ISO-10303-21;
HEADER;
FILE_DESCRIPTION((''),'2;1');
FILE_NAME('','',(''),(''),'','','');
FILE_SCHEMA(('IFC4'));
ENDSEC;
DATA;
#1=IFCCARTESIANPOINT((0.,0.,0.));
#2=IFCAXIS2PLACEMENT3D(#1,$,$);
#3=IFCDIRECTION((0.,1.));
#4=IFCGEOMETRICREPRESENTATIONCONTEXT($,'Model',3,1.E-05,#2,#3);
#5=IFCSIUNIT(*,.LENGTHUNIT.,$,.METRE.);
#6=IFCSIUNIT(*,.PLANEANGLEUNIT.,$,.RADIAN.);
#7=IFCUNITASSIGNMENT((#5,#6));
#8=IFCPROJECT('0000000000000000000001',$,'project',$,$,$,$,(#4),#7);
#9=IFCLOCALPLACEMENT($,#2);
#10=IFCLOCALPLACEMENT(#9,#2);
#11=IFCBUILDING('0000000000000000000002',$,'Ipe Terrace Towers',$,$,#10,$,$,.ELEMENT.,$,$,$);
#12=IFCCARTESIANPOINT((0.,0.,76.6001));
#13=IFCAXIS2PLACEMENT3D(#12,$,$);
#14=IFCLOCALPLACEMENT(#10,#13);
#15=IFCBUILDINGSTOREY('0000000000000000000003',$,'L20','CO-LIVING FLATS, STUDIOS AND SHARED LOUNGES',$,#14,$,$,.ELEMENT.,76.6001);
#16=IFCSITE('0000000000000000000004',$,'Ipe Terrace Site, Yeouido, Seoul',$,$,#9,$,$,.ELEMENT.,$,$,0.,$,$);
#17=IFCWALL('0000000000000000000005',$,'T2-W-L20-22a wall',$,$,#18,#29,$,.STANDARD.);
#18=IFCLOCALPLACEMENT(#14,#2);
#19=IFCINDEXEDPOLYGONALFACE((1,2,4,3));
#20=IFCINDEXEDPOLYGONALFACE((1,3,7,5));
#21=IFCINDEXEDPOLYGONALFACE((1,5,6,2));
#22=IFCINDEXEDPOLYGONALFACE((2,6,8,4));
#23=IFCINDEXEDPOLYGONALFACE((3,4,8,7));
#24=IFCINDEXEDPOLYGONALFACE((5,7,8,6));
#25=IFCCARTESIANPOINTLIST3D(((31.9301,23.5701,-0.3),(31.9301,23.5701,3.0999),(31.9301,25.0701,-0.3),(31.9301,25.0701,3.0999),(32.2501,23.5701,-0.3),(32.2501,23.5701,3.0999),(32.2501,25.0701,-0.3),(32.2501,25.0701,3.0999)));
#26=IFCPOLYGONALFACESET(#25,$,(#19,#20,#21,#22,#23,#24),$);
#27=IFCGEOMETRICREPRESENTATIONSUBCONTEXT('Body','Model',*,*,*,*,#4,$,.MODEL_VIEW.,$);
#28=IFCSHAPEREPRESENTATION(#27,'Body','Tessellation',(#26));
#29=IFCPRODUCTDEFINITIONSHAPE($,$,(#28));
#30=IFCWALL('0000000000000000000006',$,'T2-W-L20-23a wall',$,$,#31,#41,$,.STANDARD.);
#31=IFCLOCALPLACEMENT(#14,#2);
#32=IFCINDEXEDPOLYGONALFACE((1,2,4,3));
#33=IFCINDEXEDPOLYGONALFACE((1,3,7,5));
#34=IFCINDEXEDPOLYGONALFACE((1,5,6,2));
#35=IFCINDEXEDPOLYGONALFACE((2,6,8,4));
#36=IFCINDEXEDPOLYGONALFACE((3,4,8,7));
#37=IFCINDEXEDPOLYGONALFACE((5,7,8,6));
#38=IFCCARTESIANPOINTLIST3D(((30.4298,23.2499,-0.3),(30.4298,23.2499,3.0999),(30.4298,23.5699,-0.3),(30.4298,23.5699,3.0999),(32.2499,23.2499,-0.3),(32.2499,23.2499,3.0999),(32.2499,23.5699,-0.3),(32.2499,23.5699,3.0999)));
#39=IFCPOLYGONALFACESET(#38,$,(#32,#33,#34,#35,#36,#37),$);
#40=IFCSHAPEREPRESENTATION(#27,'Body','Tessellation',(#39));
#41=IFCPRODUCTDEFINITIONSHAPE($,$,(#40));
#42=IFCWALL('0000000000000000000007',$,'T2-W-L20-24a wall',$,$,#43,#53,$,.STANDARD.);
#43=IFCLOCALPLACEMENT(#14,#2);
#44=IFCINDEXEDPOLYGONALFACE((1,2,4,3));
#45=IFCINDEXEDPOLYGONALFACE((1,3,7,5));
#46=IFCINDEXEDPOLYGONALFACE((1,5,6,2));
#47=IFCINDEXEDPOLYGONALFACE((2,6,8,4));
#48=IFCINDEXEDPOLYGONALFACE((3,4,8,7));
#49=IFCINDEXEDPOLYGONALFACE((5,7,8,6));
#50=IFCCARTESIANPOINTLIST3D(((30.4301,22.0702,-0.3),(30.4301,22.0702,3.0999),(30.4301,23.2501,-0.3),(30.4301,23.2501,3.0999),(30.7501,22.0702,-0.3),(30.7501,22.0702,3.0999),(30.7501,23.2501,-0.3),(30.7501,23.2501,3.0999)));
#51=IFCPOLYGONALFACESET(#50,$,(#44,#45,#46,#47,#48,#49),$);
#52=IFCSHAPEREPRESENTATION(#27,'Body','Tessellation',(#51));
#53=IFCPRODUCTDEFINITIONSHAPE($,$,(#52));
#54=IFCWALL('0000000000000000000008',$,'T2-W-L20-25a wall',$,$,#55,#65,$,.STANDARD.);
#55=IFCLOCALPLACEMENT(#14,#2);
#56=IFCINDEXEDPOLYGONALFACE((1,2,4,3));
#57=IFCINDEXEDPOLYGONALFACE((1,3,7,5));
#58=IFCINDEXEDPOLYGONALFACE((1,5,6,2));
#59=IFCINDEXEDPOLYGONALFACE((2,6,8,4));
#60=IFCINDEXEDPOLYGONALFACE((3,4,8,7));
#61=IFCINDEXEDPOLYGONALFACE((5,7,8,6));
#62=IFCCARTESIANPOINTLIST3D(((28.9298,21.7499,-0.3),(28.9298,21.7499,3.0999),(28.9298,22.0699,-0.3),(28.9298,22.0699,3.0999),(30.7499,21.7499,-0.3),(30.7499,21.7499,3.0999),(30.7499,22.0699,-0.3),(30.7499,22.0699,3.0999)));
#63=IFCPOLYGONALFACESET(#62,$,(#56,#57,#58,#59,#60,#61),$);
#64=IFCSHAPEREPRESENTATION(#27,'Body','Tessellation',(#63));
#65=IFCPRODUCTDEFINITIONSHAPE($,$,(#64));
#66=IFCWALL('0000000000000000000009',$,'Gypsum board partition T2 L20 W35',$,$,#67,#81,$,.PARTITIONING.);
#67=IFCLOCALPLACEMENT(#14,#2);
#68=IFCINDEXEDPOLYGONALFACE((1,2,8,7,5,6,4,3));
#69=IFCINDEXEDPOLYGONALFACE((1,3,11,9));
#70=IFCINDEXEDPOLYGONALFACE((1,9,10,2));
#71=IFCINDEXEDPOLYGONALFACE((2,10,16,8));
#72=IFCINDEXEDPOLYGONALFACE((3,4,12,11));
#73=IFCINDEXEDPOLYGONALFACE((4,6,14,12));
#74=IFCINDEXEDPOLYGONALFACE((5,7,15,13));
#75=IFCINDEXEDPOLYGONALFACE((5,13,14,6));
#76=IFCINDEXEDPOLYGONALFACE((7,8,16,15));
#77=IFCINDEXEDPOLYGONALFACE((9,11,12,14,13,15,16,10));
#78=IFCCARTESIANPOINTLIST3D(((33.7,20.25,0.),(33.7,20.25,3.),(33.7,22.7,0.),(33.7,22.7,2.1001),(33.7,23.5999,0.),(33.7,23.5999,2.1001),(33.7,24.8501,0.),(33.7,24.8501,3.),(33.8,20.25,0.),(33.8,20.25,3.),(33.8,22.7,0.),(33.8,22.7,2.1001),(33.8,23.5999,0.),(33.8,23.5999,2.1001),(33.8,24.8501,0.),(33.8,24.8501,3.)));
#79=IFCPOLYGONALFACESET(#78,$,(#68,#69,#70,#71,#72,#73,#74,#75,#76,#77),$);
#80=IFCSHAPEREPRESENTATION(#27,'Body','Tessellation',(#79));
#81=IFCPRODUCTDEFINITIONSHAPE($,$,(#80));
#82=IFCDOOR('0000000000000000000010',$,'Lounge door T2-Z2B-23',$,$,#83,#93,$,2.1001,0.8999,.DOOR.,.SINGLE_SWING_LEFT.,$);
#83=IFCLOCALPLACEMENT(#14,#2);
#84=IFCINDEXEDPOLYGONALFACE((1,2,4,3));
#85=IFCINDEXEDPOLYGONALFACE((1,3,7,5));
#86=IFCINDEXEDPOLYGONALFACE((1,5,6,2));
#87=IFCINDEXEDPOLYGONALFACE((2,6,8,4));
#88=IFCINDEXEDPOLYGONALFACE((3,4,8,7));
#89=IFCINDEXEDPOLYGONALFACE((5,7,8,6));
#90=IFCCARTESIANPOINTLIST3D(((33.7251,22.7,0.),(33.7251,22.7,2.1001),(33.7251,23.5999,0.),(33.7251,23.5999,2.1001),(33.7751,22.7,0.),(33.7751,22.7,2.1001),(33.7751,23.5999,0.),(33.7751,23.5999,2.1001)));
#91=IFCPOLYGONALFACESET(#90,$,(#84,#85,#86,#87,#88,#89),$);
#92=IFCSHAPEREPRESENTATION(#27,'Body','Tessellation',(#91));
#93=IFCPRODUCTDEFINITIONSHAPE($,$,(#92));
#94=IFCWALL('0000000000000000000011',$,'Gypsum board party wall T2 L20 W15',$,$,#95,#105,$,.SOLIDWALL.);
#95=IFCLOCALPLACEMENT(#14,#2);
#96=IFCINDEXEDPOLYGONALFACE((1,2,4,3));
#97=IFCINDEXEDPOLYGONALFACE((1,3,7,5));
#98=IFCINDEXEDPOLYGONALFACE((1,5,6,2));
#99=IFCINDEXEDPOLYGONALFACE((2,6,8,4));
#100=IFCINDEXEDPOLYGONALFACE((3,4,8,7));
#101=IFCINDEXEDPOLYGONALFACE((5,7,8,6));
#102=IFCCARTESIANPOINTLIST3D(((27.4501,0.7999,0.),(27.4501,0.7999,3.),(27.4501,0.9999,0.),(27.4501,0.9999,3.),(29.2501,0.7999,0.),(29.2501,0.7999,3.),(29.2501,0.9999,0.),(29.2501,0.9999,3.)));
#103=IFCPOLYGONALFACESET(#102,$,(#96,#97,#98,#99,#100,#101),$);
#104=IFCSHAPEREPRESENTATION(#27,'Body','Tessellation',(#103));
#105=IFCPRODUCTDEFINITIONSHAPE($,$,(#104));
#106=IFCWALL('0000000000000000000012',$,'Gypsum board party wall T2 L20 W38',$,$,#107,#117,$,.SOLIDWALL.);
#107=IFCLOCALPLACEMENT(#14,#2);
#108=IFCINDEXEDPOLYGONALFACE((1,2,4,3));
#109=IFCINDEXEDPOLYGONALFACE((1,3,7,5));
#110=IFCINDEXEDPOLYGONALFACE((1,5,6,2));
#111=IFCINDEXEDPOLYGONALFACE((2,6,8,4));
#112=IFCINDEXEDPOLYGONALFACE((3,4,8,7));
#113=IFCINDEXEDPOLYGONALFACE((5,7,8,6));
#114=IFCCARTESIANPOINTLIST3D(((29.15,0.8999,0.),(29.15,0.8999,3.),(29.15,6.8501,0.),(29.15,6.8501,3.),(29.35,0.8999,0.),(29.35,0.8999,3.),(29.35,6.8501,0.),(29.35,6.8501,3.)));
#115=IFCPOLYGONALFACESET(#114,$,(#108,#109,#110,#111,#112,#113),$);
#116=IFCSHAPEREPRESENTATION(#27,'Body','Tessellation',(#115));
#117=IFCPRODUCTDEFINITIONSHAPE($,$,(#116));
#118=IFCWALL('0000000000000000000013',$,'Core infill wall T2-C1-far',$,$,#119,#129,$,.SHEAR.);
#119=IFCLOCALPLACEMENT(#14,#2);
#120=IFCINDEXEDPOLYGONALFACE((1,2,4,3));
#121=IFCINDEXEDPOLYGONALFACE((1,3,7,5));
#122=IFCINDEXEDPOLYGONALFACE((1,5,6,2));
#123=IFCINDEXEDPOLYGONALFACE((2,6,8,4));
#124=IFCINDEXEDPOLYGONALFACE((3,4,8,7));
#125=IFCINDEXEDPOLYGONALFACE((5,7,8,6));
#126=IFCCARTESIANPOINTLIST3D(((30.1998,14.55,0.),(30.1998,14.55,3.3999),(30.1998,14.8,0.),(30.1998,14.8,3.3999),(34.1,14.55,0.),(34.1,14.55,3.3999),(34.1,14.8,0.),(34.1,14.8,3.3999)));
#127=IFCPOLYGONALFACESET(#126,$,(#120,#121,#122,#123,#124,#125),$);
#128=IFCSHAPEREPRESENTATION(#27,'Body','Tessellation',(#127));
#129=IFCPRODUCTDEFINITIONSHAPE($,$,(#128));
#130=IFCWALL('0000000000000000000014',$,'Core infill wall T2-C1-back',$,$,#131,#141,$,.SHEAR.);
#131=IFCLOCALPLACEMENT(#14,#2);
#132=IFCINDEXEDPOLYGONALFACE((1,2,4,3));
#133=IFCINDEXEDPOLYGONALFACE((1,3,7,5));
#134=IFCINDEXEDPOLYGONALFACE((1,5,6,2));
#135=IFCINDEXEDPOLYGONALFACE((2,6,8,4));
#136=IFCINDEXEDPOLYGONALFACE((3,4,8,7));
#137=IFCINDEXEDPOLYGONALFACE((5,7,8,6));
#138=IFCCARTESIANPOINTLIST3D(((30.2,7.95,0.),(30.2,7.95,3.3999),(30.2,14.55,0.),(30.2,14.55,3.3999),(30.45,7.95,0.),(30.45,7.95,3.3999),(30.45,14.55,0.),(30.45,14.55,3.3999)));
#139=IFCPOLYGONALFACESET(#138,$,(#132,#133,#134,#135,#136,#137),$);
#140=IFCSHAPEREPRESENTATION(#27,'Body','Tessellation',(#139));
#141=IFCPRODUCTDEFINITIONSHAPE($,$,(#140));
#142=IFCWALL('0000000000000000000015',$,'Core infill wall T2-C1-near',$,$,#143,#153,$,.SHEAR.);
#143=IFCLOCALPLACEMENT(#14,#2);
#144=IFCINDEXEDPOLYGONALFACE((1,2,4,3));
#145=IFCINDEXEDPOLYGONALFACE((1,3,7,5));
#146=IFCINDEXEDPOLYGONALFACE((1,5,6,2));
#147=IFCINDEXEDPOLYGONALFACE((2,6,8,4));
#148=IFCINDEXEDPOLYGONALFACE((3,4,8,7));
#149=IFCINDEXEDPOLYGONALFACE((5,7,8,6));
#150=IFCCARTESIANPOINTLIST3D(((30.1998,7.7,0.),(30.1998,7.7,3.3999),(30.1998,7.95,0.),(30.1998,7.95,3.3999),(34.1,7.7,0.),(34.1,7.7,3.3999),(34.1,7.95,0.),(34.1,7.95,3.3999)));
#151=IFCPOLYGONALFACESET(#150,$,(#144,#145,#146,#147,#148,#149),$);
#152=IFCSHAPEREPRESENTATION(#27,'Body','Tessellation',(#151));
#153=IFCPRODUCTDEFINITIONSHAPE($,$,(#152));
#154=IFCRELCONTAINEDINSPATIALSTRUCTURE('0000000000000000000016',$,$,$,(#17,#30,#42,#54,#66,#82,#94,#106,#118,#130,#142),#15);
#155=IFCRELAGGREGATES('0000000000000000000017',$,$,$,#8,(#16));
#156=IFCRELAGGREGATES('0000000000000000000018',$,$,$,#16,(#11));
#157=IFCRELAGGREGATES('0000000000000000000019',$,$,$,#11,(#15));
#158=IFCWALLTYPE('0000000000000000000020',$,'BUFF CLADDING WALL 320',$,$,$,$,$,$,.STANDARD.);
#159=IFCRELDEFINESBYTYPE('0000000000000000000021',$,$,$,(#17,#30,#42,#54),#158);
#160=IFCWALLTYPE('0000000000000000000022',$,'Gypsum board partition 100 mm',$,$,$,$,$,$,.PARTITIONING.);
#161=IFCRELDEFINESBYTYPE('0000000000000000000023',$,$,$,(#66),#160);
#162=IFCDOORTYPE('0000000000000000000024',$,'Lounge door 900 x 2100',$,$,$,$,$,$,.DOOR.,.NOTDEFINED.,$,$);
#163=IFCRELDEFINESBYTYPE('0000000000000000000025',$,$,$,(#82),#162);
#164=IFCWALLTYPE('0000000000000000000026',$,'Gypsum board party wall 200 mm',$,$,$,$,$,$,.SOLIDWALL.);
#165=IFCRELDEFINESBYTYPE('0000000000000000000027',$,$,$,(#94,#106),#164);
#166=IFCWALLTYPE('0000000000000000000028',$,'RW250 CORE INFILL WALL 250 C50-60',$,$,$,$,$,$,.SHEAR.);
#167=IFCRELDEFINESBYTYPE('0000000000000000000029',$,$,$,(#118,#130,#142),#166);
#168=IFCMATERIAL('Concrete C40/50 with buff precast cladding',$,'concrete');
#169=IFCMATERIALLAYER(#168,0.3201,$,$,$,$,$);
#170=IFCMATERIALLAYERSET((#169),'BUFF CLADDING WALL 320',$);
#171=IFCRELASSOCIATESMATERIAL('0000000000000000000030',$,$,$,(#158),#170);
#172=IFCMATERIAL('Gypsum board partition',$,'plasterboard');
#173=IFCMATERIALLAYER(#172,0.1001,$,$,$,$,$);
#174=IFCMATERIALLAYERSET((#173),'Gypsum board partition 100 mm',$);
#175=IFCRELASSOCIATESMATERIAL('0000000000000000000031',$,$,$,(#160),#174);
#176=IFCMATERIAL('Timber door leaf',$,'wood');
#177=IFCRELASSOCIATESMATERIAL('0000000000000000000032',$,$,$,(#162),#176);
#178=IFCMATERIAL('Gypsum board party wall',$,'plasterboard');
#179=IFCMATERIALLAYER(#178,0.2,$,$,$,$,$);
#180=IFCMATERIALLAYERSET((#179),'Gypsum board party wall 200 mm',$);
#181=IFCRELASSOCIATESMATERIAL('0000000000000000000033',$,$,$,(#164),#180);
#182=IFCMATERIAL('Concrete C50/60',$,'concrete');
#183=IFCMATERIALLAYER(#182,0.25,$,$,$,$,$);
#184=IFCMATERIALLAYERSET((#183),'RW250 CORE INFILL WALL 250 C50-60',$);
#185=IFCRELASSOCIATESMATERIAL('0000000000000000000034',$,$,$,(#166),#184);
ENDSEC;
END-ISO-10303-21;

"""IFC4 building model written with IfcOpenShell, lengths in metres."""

from ifc_helpers import new_model, si_unit, direction, frame, frame_2d, origin, place, context, subcontext, project, spatial, rectangle, extrude, material, layer, layer_set, type_object, element, fill, save


model = new_model("IFC4")

# Units and contexts
model_context = context("Model", 3, precision=1e-05, world=origin(), true_north=direction((0.0, 1.0)))
body_context = subcontext(model_context, "Body", "Model", "MODEL_VIEW")
ifc_project = project(units=[si_unit("LENGTHUNIT", "METRE"), si_unit("PLANEANGLEUNIT", "RADIAN")], contexts=[model_context])

# Site, building, storey
site_placement = place(None, origin())
site = spatial("IfcSite", under=ifc_project, at=site_placement, Name="Ipe Terrace Site, Yeouido, Seoul", CompositionType="ELEMENT", RefElevation=0.0)
building_placement = place(site_placement, origin())
building = spatial("IfcBuilding", under=site, at=building_placement, Name="Ipe Terrace Towers", CompositionType="ELEMENT")
storey_placement = place(building_placement, frame((0.0, 0.0, 76.6001)))
storey = spatial("IfcBuildingStorey", under=building, at=storey_placement, Name="L20", Description="CO-LIVING FLATS, STUDIOS AND SHARED LOUNGES", CompositionType="ELEMENT", Elevation=76.6001)

# Walls
ifc_material_1 = material(Name="Concrete C40/50 with buff precast cladding", Category="concrete")
ifc_layer_1 = layer(ifc_material_1, 0.3201)
ifc_layer_set_1 = layer_set([ifc_layer_1], Name="BUFF CLADDING WALL 320")
wall_type_1 = type_object("IfcWallType", Name="BUFF CLADDING WALL 320", PredefinedType="STANDARD", material=ifc_layer_set_1)
wall_1_placement = place(storey_placement, frame((32.0901, 25.0701, -0.3), z_axis=(0.0, 0.0, 1.0), x_axis=(0.0, -1.0, 0.0)))
element("IfcWall", 1, at=wall_1_placement, inside=storey, type_object=wall_type_1, Name="T2-W-L20-22a wall", PredefinedType="STANDARD", context=body_context, shape_type="SweptSolid", body=[
    extrude(rectangle(XDim=1.5, YDim=0.3201, at=frame_2d((0.75, 0.0))), origin(), (0.0, 0.0, 1.0), 3.3999),
])
wall_2_placement = place(storey_placement, frame((32.25, 23.4099, -0.3), z_axis=(0.0, 0.0, 1.0), x_axis=(-1.0, 0.0, 0.0)))
element("IfcWall", 2, at=wall_2_placement, inside=storey, type_object=wall_type_1, Name="T2-W-L20-23a wall", PredefinedType="STANDARD", context=body_context, shape_type="SweptSolid", body=[
    extrude(rectangle(XDim=1.8201, YDim=0.3201, at=frame_2d((0.9102, 0.0))), origin(), (0.0, 0.0, 1.0), 3.3999),
])
wall_3_placement = place(storey_placement, frame((30.5901, 23.25, -0.3), z_axis=(0.0, 0.0, 1.0), x_axis=(0.0, -1.0, 0.0)))
element("IfcWall", 3, at=wall_3_placement, inside=storey, type_object=wall_type_1, Name="T2-W-L20-24a wall", PredefinedType="STANDARD", context=body_context, shape_type="SweptSolid", body=[
    extrude(rectangle(XDim=1.1799, YDim=0.3201, at=frame_2d((0.5898, 0.0))), origin(), (0.0, 0.0, 1.0), 3.3999),
])
wall_4_placement = place(storey_placement, frame((30.75, 21.9099, -0.3), z_axis=(0.0, 0.0, 1.0), x_axis=(-1.0, 0.0, 0.0)))
element("IfcWall", 4, at=wall_4_placement, inside=storey, type_object=wall_type_1, Name="T2-W-L20-25a wall", PredefinedType="STANDARD", context=body_context, shape_type="SweptSolid", body=[
    extrude(rectangle(XDim=1.8201, YDim=0.3201, at=frame_2d((0.9102, 0.0))), origin(), (0.0, 0.0, 1.0), 3.3999),
])

# Wall, opening, door
ifc_material_2 = material(Name="Gypsum board partition", Category="plasterboard")
ifc_layer_2 = layer(ifc_material_2, 0.1001)
ifc_layer_set_2 = layer_set([ifc_layer_2], Name="Gypsum board partition 100 mm")
wall_type_2 = type_object("IfcWallType", Name="Gypsum board partition 100 mm", PredefinedType="PARTITIONING", material=ifc_layer_set_2)
wall_5_placement = place(storey_placement, frame((33.75, 20.25, 0.0), z_axis=(0.0, 0.0, 1.0), x_axis=(0.0, 1.0, 0.0)))
wall_5 = element("IfcWall", 5, at=wall_5_placement, inside=storey, type_object=wall_type_2, Name="Gypsum board partition T2 L20 W35", PredefinedType="PARTITIONING", context=body_context, shape_type="SweptSolid", body=[
    extrude(rectangle(XDim=4.6001, YDim=0.1001, at=frame_2d((2.3, 0.0))), origin(), (0.0, 0.0, 1.0), 3.0),
])
opening_1_placement = place(wall_5_placement, frame((2.45, 0.0, 0.0)))
opening_1 = element("IfcOpeningElement", 6, at=opening_1_placement, cuts=wall_5, PredefinedType="OPENING", context=body_context, shape_type="SweptSolid", body=[
    extrude(rectangle(XDim=0.8999, YDim=2.1001, at=frame_2d((0.45, 1.05))), frame((0.0, 0.0601, 0.0), z_axis=(0.0, -1.0, 0.0), x_axis=(1.0, 0.0, 0.0)), (0.0, 0.0, 1.0), 0.1201),
])
ifc_material_3 = material(Name="Timber door leaf", Category="wood")
door_type_1 = type_object("IfcDoorType", Name="Lounge door 900 x 2100", OperationType="NOTDEFINED", PredefinedType="DOOR", material=ifc_material_3)
door_1_placement = place(opening_1_placement, origin())
door_1 = element("IfcDoor", 7, at=door_1_placement, inside=storey, type_object=door_type_1, Name="Lounge door T2-Z2B-23", OperationType="SINGLE_SWING_LEFT", OverallHeight=2.1001, OverallWidth=0.8999, PredefinedType="DOOR", context=body_context, shape_type="SweptSolid", body=[
    extrude(rectangle(XDim=0.8999, YDim=2.1001, at=frame_2d((0.45, 1.05))), frame((0.0, 0.0249, 0.0), z_axis=(0.0, -1.0, 0.0), x_axis=(1.0, 0.0, 0.0)), (0.0, 0.0, 1.0), 0.05),
])
fill(opening_1, door_1)

# Walls
ifc_material_4 = material(Name="Gypsum board party wall", Category="plasterboard")
ifc_layer_3 = layer(ifc_material_4, 0.2)
ifc_layer_set_3 = layer_set([ifc_layer_3], Name="Gypsum board party wall 200 mm")
wall_type_3 = type_object("IfcWallType", Name="Gypsum board party wall 200 mm", PredefinedType="SOLIDWALL", material=ifc_layer_set_3)
wall_6_placement = place(storey_placement, frame((29.25, 0.8999, 0.0), z_axis=(0.0, 0.0, 1.0), x_axis=(-1.0, 0.0, 0.0)))
element("IfcWall", 8, at=wall_6_placement, inside=storey, type_object=wall_type_3, Name="Gypsum board party wall T2 L20 W15", PredefinedType="SOLIDWALL", context=body_context, shape_type="SweptSolid", body=[
    extrude(rectangle(XDim=1.8, YDim=0.2, at=frame_2d((0.8999, 0.0))), origin(), (0.0, 0.0, 1.0), 3.0),
])
wall_7_placement = place(storey_placement, frame((29.25, 0.8999, 0.0), z_axis=(0.0, 0.0, 1.0), x_axis=(0.0, 1.0, 0.0)))
element("IfcWall", 9, at=wall_7_placement, inside=storey, type_object=wall_type_3, Name="Gypsum board party wall T2 L20 W38", PredefinedType="SOLIDWALL", context=body_context, shape_type="SweptSolid", body=[
    extrude(rectangle(XDim=5.9502, YDim=0.2, at=frame_2d((2.9751, 0.0))), origin(), (0.0, 0.0, 1.0), 3.0),
])
ifc_material_5 = material(Name="Concrete C50/60", Category="concrete")
ifc_layer_4 = layer(ifc_material_5, 0.25)
ifc_layer_set_4 = layer_set([ifc_layer_4], Name="RW250 CORE INFILL WALL 250 C50-60")
wall_type_4 = type_object("IfcWallType", Name="RW250 CORE INFILL WALL 250 C50-60", PredefinedType="SHEAR", material=ifc_layer_set_4)
wall_8_placement = place(storey_placement, frame((34.1001, 14.675, 0.0), z_axis=(0.0, 0.0, 1.0), x_axis=(-1.0, 0.0, 0.0)))
element("IfcWall", 10, at=wall_8_placement, inside=storey, type_object=wall_type_4, Name="Core infill wall T2-C1-far", PredefinedType="SHEAR", context=body_context, shape_type="SweptSolid", body=[
    extrude(rectangle(XDim=3.9001, YDim=0.25, at=frame_2d((1.9502, 0.0))), origin(), (0.0, 0.0, 1.0), 3.3999),
])
wall_9_placement = place(storey_placement, frame((30.325, 7.95, 0.0), z_axis=(0.0, 0.0, 1.0), x_axis=(0.0, 1.0, 0.0)))
element("IfcWall", 11, at=wall_9_placement, inside=storey, type_object=wall_type_4, Name="Core infill wall T2-C1-back", PredefinedType="SHEAR", context=body_context, shape_type="SweptSolid", body=[
    extrude(rectangle(XDim=6.6001, YDim=0.25, at=frame_2d((3.3, 0.0))), origin(), (0.0, 0.0, 1.0), 3.3999),
])
wall_10_placement = place(storey_placement, frame((34.1001, 7.825, 0.0), z_axis=(0.0, 0.0, 1.0), x_axis=(-1.0, 0.0, 0.0)))
element("IfcWall", 12, at=wall_10_placement, inside=storey, type_object=wall_type_4, Name="Core infill wall T2-C1-near", PredefinedType="SHEAR", context=body_context, shape_type="SweptSolid", body=[
    extrude(rectangle(XDim=3.9001, YDim=0.25, at=frame_2d((1.9502, 0.0))), origin(), (0.0, 0.0, 1.0), 3.3999),
])

save(model, "model.ifc")
